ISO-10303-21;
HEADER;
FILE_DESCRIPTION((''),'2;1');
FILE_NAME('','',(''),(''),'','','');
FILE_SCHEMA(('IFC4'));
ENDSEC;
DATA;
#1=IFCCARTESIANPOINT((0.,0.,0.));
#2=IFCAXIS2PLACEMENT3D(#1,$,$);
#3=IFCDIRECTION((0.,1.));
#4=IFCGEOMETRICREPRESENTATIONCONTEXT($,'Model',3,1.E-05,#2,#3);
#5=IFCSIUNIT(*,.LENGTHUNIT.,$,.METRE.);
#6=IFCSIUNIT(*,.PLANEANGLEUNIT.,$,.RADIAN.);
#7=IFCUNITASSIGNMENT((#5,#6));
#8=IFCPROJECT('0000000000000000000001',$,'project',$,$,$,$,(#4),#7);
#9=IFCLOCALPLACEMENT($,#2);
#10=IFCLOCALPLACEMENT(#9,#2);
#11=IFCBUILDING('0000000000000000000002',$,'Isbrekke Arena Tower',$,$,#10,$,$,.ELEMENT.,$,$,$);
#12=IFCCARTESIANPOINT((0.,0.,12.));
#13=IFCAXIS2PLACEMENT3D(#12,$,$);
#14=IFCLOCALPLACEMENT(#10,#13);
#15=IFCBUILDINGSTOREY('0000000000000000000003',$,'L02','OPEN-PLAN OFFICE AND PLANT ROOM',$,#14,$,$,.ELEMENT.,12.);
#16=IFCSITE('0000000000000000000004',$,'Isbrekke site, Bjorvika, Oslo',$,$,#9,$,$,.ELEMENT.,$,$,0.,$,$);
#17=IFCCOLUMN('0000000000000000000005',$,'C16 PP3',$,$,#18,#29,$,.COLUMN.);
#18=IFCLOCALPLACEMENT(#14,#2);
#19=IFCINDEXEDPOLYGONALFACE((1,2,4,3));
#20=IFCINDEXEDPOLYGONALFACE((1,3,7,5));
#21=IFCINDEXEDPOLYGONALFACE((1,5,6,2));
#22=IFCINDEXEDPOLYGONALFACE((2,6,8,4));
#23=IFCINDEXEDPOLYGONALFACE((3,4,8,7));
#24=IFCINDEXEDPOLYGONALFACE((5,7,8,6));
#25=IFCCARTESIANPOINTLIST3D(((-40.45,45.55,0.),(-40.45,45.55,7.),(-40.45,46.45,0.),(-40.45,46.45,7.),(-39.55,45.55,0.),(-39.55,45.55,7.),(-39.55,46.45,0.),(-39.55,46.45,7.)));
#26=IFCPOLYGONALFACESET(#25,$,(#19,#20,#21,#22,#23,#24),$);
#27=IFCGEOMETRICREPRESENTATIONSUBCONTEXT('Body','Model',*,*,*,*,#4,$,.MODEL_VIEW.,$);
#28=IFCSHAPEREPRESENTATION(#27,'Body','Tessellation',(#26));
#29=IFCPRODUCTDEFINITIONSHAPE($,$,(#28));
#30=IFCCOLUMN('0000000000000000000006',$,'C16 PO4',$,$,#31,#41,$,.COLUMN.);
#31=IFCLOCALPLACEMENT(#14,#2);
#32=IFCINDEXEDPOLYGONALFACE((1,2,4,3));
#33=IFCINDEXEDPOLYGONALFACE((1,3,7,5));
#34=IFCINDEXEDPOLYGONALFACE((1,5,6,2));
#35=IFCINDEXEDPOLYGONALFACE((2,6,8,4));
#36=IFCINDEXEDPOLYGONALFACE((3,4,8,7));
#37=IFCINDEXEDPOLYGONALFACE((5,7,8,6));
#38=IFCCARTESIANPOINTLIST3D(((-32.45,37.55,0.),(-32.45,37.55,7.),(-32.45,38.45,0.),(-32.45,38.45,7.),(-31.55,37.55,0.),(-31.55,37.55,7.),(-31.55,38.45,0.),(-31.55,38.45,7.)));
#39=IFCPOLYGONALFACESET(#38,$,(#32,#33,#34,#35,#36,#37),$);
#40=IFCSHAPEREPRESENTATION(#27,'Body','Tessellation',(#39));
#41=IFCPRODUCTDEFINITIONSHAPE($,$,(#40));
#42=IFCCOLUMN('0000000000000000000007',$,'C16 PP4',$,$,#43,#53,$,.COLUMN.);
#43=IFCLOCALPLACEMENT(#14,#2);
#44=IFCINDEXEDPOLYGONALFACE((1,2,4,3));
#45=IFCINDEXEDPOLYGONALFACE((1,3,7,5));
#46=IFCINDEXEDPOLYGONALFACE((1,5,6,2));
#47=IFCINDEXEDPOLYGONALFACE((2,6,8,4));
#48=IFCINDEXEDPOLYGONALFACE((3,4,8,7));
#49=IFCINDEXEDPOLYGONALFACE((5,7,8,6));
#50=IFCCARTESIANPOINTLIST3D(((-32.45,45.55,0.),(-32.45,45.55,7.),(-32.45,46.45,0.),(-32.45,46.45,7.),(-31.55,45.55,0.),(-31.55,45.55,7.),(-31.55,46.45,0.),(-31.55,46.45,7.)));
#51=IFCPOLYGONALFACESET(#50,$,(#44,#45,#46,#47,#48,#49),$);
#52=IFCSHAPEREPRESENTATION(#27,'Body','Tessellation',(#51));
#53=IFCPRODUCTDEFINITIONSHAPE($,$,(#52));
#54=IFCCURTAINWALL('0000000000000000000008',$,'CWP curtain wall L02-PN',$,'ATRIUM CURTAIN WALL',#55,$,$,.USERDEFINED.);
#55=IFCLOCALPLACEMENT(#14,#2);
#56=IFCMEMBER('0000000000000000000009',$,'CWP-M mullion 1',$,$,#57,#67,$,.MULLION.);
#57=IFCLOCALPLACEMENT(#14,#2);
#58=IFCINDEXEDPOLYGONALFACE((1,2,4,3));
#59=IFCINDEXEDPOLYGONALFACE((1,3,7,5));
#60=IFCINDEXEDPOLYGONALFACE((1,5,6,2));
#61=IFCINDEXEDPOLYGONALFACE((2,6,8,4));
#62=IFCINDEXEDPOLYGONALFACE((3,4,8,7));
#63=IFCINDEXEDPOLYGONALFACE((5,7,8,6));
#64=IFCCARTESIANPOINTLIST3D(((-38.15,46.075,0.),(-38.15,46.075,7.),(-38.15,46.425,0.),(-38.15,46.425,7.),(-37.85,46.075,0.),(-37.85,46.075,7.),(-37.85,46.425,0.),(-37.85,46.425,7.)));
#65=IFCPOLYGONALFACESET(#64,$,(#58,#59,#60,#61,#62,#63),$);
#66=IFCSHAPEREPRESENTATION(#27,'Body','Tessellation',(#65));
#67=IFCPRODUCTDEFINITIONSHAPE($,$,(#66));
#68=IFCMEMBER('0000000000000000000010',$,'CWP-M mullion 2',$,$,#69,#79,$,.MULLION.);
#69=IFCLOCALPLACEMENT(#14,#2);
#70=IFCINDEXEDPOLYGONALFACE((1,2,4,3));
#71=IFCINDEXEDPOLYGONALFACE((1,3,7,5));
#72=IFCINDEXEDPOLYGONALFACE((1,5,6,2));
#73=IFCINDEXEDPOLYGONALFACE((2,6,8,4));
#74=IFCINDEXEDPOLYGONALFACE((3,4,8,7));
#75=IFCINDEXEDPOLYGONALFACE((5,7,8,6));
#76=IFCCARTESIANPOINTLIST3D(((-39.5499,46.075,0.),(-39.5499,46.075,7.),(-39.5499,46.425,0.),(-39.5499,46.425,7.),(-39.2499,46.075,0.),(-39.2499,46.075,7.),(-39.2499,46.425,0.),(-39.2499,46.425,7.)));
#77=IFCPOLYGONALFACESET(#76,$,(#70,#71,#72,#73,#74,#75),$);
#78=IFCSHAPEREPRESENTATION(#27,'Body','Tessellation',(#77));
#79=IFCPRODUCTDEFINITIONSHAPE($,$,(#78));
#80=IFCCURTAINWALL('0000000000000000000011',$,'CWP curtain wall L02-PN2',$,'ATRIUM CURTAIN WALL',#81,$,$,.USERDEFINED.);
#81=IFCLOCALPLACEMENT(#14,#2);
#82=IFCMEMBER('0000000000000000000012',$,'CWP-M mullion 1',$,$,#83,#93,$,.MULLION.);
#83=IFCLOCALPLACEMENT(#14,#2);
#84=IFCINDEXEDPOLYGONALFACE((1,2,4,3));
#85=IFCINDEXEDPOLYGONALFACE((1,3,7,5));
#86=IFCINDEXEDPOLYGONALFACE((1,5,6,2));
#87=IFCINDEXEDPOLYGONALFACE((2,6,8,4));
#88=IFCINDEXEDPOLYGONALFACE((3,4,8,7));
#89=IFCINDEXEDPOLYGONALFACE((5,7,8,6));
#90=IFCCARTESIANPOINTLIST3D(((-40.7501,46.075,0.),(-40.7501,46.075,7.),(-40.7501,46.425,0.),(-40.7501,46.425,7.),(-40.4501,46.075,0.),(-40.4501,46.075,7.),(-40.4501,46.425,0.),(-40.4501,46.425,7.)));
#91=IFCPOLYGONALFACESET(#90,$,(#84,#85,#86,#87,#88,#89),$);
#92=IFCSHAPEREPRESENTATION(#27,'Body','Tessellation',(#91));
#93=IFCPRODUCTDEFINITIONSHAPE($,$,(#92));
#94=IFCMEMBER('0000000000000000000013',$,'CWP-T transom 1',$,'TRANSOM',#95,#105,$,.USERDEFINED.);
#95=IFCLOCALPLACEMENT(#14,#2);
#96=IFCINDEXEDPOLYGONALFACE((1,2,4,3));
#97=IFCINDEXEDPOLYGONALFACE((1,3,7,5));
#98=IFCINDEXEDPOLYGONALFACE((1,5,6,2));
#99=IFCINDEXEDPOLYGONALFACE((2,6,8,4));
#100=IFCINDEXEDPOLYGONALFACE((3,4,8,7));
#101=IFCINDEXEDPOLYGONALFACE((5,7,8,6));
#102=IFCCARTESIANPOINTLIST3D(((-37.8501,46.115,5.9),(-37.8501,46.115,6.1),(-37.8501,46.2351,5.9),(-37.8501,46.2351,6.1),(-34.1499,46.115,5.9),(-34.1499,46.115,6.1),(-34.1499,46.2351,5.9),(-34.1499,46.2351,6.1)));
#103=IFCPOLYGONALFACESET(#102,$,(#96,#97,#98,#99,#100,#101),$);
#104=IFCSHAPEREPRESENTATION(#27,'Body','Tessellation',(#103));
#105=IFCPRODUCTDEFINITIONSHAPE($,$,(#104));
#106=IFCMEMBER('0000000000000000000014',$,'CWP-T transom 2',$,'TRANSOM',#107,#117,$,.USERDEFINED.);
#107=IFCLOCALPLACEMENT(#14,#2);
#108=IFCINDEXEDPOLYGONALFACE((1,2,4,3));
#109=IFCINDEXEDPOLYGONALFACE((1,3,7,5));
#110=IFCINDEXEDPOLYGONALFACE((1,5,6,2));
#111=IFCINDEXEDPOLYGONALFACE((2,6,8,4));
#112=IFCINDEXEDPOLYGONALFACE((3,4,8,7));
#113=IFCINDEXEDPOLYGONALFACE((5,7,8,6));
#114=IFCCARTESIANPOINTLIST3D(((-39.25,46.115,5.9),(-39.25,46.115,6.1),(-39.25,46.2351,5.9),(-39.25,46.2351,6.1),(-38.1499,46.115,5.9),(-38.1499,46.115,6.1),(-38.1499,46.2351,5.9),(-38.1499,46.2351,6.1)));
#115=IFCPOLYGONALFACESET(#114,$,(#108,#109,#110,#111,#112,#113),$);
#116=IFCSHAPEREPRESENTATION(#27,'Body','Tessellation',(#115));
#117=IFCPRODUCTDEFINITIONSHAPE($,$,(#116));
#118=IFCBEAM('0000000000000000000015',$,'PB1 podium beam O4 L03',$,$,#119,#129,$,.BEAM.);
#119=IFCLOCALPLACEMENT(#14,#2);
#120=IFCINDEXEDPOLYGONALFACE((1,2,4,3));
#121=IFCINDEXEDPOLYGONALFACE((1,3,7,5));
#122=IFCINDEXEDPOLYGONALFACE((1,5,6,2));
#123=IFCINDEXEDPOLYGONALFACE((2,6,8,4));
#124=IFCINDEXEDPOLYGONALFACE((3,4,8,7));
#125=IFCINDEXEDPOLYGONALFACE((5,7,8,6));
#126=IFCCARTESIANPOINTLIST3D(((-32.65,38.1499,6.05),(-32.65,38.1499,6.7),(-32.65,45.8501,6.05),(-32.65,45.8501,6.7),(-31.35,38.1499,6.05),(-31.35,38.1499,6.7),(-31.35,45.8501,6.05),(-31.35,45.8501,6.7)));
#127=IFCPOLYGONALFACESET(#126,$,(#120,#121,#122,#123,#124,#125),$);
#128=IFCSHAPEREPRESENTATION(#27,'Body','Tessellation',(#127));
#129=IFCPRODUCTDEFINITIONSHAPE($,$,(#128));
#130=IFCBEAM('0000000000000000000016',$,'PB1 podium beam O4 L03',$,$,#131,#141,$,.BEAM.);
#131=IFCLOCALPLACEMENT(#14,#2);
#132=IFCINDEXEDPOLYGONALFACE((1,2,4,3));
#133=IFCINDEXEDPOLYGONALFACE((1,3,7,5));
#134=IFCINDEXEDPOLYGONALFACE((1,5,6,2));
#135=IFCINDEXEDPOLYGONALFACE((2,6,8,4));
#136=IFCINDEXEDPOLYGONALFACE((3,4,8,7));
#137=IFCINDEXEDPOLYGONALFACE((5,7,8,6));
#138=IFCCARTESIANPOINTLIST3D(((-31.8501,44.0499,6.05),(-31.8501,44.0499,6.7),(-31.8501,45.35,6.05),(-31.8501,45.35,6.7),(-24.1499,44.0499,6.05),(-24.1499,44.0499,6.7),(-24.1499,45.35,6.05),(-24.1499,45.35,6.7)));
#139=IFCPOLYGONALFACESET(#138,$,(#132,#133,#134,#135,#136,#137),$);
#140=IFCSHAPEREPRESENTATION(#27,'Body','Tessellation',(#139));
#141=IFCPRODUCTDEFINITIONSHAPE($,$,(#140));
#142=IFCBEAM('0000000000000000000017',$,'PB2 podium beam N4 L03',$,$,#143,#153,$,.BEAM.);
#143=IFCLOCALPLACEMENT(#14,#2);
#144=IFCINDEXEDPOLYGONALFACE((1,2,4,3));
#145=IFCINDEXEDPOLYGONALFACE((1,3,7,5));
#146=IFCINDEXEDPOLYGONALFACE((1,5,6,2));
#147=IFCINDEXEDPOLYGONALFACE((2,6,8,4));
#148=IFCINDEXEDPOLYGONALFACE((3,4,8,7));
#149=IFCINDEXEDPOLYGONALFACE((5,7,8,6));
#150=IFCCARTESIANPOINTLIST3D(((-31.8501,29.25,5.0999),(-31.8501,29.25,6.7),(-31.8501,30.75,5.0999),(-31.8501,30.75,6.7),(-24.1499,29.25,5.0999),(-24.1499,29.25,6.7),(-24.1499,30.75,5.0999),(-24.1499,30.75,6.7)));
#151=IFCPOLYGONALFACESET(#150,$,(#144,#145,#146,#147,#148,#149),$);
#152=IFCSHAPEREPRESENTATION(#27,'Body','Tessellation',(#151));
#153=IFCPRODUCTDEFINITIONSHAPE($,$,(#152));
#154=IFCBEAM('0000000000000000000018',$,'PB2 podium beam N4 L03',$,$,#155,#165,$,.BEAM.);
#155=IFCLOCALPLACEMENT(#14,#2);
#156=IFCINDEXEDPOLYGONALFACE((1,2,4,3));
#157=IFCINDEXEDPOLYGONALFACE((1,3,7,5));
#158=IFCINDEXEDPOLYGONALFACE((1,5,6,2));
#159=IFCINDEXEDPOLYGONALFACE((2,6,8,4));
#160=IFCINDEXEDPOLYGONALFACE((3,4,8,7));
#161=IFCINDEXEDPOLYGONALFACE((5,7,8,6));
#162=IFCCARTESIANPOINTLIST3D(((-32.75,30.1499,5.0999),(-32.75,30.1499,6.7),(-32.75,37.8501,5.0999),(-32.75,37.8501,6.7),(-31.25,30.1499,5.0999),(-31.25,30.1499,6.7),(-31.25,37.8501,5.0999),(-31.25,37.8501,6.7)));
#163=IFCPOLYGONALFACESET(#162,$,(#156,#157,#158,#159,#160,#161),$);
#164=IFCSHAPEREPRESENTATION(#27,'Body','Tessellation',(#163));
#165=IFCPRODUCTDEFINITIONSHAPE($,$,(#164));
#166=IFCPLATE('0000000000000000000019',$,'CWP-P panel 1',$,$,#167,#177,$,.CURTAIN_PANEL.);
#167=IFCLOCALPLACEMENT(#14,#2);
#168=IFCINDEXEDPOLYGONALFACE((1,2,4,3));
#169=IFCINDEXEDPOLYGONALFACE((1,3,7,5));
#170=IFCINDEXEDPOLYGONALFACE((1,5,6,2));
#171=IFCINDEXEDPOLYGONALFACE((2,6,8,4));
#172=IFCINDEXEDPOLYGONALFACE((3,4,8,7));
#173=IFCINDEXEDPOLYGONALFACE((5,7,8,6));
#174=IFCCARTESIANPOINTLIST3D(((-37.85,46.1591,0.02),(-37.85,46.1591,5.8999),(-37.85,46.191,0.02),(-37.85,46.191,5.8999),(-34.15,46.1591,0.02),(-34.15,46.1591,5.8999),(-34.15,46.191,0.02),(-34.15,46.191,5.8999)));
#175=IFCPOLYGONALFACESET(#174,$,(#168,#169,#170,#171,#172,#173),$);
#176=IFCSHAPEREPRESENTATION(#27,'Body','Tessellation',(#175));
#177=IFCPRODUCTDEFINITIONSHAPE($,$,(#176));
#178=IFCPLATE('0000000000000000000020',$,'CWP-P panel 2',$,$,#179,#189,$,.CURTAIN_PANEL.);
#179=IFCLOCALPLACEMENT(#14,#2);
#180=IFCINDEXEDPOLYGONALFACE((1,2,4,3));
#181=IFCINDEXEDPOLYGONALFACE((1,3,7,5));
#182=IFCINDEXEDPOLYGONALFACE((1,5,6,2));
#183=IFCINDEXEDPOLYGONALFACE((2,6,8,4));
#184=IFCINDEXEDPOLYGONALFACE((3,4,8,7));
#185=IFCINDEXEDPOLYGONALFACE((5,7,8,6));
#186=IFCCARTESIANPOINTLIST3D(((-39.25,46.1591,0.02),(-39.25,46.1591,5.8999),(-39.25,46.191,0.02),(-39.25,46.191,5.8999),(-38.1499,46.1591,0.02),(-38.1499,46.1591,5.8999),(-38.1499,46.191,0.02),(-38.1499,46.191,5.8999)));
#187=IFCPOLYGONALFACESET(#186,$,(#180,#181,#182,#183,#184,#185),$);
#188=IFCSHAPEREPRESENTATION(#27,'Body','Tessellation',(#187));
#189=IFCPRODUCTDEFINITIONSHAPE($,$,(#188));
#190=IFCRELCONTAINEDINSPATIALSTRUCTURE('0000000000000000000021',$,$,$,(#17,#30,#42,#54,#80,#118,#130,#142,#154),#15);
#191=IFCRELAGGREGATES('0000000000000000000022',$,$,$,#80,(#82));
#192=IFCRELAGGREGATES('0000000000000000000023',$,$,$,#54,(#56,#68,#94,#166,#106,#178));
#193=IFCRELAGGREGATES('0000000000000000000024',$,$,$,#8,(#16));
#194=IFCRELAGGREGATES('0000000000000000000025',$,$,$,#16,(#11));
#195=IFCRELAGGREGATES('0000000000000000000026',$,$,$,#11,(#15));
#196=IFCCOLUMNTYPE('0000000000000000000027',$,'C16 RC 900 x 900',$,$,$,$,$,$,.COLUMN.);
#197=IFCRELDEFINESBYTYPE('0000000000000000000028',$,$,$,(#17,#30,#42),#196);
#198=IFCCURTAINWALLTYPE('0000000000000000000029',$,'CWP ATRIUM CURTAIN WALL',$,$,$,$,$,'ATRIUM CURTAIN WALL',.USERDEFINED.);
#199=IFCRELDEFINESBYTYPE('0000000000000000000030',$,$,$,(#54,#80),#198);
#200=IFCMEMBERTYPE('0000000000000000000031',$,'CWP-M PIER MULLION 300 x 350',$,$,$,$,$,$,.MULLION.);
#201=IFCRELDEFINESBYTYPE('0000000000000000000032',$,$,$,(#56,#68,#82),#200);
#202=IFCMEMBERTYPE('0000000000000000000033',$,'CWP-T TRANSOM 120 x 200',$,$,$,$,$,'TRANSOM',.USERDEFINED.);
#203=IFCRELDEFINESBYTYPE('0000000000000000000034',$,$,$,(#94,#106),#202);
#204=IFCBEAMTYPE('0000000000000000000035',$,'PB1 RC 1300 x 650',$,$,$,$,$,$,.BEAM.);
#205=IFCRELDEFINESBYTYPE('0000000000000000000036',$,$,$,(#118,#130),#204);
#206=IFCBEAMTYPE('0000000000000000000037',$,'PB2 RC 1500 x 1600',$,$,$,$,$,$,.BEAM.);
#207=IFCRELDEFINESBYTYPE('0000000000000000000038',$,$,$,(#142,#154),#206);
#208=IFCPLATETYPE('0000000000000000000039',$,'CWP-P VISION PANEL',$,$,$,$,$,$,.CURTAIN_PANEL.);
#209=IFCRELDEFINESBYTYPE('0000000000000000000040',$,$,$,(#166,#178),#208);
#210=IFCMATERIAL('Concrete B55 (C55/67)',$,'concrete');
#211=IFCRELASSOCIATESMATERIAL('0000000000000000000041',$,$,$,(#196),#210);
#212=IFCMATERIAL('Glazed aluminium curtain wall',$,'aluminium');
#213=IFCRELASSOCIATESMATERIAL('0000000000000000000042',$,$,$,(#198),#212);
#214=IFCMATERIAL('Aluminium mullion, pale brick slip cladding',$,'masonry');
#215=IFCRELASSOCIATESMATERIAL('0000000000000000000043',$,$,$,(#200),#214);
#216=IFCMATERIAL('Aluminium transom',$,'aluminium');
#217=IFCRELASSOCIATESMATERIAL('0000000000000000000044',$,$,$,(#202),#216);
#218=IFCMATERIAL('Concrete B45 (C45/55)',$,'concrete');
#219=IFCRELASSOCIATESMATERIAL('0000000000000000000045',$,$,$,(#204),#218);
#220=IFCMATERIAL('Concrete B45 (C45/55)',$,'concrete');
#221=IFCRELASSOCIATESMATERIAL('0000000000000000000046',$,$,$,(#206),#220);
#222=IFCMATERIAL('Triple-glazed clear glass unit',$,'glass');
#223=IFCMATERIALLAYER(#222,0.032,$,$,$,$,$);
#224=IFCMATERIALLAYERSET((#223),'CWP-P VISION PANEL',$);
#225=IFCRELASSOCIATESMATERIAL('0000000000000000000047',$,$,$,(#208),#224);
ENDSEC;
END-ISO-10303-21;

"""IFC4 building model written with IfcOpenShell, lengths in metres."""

from ifc_helpers import new_model, si_unit, direction, frame, origin, origin_2d, place, context, subcontext, project, spatial, rectangle, extrude, material, layer, layer_set, material_profile, profile_set, type_object, element, aggregate, save


model = new_model("IFC4")

# Units and contexts
model_context = context("Model", 3, precision=1e-05, world=origin(), true_north=direction((0.0, 1.0)))
body_context = subcontext(model_context, "Body", "Model", "MODEL_VIEW")
ifc_project = project(units=[si_unit("LENGTHUNIT", "METRE"), si_unit("PLANEANGLEUNIT", "RADIAN")], contexts=[model_context])

# Site, building, storey
site_placement = place(None, origin())
site = spatial("IfcSite", under=ifc_project, at=site_placement, Name="Isbrekke site, Bjorvika, Oslo", CompositionType="ELEMENT", RefElevation=0.0)
building_placement = place(site_placement, origin())
building = spatial("IfcBuilding", under=site, at=building_placement, Name="Isbrekke Arena Tower", CompositionType="ELEMENT")
storey_placement = place(building_placement, frame((0.0, 0.0, 12.0)))
storey = spatial("IfcBuildingStorey", under=building, at=storey_placement, Name="L02", Description="OPEN-PLAN OFFICE AND PLANT ROOM", CompositionType="ELEMENT", Elevation=12.0)

# Columns
ifc_material_1 = material(Name="Concrete B55 (C55/67)", Category="concrete")
ifc_material_profile_1 = material_profile(ifc_material_1, rectangle(XDim=0.8999, YDim=0.8999, at=origin_2d()), Name="RC 900x900")
ifc_profile_set_1 = profile_set([ifc_material_profile_1], Name="Concrete B55 (C55/67)")
column_type = type_object("IfcColumnType", Name="C16 RC 900 x 900", PredefinedType="COLUMN", material=ifc_profile_set_1)
for number, where, z_axis, x_axis, name in (
    (1, (-40.0, 46.0, 0.0), (0.0, 0.0, 1.0), (1.0, 0.0, 0.0), "C16 PP3"),
    (2, (-32.0, 38.0, 0.0), (0.0, 0.0, 1.0), (1.0, 0.0, 0.0), "C16 PO4"),
    (3, (-32.0, 46.0, 0.0), (0.0, 0.0, 1.0), (1.0, 0.0, 0.0), "C16 PP4"),
):
    element("IfcColumn", number, at=place(storey_placement, frame(where, z_axis=z_axis, x_axis=x_axis)), inside=storey, type_object=column_type, Name=name, PredefinedType="COLUMN", context=body_context, shape_type="SweptSolid", body=[
        extrude(rectangle(XDim=0.8999, YDim=0.8999, at=origin_2d()), origin(), (0.0, 0.0, 1.0), 7.0),
    ])

# Curtain wall, members
ifc_material_2 = material(Name="Glazed aluminium curtain wall", Category="aluminium")
curtain_wall_type = type_object("IfcCurtainWallType", Name="CWP ATRIUM CURTAIN WALL", ElementType="ATRIUM CURTAIN WALL", PredefinedType="USERDEFINED", material=ifc_material_2)
curtain_wall_1_placement = place(storey_placement, origin())
curtain_wall_1 = element("IfcCurtainWall", 4, at=curtain_wall_1_placement, inside=storey, type_object=curtain_wall_type, Name="CWP curtain wall L02-PN", ObjectType="ATRIUM CURTAIN WALL", PredefinedType="USERDEFINED")
ifc_material_3 = material(Name="Aluminium mullion, pale brick slip cladding", Category="masonry")
ifc_material_profile_2 = material_profile(ifc_material_3, rectangle(XDim=0.3, YDim=0.3501, at=origin_2d()), Name="PIER 300X350")
ifc_profile_set_2 = profile_set([ifc_material_profile_2], Name="Aluminium mullion, pale brick slip cladding")
member_type_1 = type_object("IfcMemberType", Name="CWP-M PIER MULLION 300 x 350", PredefinedType="MULLION", material=ifc_profile_set_2)
member_1_placement = place(storey_placement, frame((-38.0, 46.25, 0.0), z_axis=(0.0, 0.0, 1.0), x_axis=(-1.0, 0.0, 0.0)))
member_1 = element("IfcMember", 5, at=member_1_placement, type_object=member_type_1, Name="CWP-M mullion 1", PredefinedType="MULLION", context=body_context, shape_type="SweptSolid", body=[
    extrude(rectangle(XDim=0.3, YDim=0.3501, at=origin_2d()), origin(), (0.0, 0.0, 1.0), 7.0),
])
member_2_placement = place(storey_placement, frame((-39.3999, 46.25, 0.0), z_axis=(0.0, 0.0, 1.0), x_axis=(-1.0, 0.0, 0.0)))
member_2 = element("IfcMember", 6, at=member_2_placement, type_object=member_type_1, Name="CWP-M mullion 2", PredefinedType="MULLION", context=body_context, shape_type="SweptSolid", body=[
    extrude(rectangle(XDim=0.3, YDim=0.3501, at=origin_2d()), origin(), (0.0, 0.0, 1.0), 7.0),
])

# Curtain wall, member
curtain_wall_2_placement = place(storey_placement, origin())
curtain_wall_2 = element("IfcCurtainWall", 7, at=curtain_wall_2_placement, inside=storey, type_object=curtain_wall_type, Name="CWP curtain wall L02-PN2", ObjectType="ATRIUM CURTAIN WALL", PredefinedType="USERDEFINED")
member_3_placement = place(storey_placement, frame((-40.6001, 46.25, 0.0), z_axis=(0.0, 0.0, 1.0), x_axis=(-1.0, 0.0, 0.0)))
member_3 = element("IfcMember", 8, at=member_3_placement, type_object=member_type_1, Name="CWP-M mullion 1", PredefinedType="MULLION", context=body_context, shape_type="SweptSolid", body=[
    extrude(rectangle(XDim=0.3, YDim=0.3501, at=origin_2d()), origin(), (0.0, 0.0, 1.0), 7.0),
])
aggregate(curtain_wall_2, [member_3])

# Members
ifc_material_4 = material(Name="Aluminium transom", Category="aluminium")
ifc_material_profile_3 = material_profile(ifc_material_4, rectangle(XDim=0.1201, YDim=0.2, at=origin_2d()), Name="TRANSOM 120X200")
ifc_profile_set_3 = profile_set([ifc_material_profile_3], Name="Aluminium transom")
member_type_2 = type_object("IfcMemberType", Name="CWP-T TRANSOM 120 x 200", ElementType="TRANSOM", PredefinedType="USERDEFINED", material=ifc_profile_set_3)
member_4_placement = place(storey_placement, frame((-34.1499, 46.175, 6.0), z_axis=(-1.0, 0.0, 0.0), x_axis=(0.0, -1.0, 0.0)))
member_4 = element("IfcMember", 9, at=member_4_placement, type_object=member_type_2, Name="CWP-T transom 1", ObjectType="TRANSOM", PredefinedType="USERDEFINED", context=body_context, shape_type="SweptSolid", body=[
    extrude(rectangle(XDim=0.1201, YDim=0.2, at=origin_2d()), origin(), (0.0, 0.0, 1.0), 3.7002),
])
member_5_placement = place(storey_placement, frame((-38.1499, 46.175, 6.0), z_axis=(-1.0, 0.0, 0.0), x_axis=(0.0, -1.0, 0.0)))
member_5 = element("IfcMember", 10, at=member_5_placement, type_object=member_type_2, Name="CWP-T transom 2", ObjectType="TRANSOM", PredefinedType="USERDEFINED", context=body_context, shape_type="SweptSolid", body=[
    extrude(rectangle(XDim=0.1201, YDim=0.2, at=origin_2d()), origin(), (0.0, 0.0, 1.0), 1.1001),
])

# Beams
ifc_material_5 = material(Name="Concrete B45 (C45/55)", Category="concrete")
ifc_material_profile_4 = material_profile(ifc_material_5, rectangle(XDim=1.3, YDim=0.6499, at=origin_2d()), Name="RC 1300x650")
ifc_profile_set_4 = profile_set([ifc_material_profile_4], Name="Concrete B45 (C45/55)")
beam_type_1 = type_object("IfcBeamType", Name="PB1 RC 1300 x 650", PredefinedType="BEAM", material=ifc_profile_set_4)
for number, where, z_axis, x_axis, name in (
    (11, (-32.0, 38.1499, 6.375), (0.0, 1.0, 0.0), (-1.0, 0.0, 0.0), "PB1 podium beam O4 L03"),
    (12, (-31.8501, 44.7, 6.375), (1.0, 0.0, 0.0), (0.0, 1.0, 0.0), "PB1 podium beam O4 L03"),
):
    element("IfcBeam", number, at=place(storey_placement, frame(where, z_axis=z_axis, x_axis=x_axis)), inside=storey, type_object=beam_type_1, Name=name, PredefinedType="BEAM", context=body_context, shape_type="SweptSolid", body=[
        extrude(rectangle(XDim=1.3, YDim=0.6499, at=origin_2d()), origin(), (0.0, 0.0, 1.0), 7.7002),
    ])
ifc_material_6 = material(Name="Concrete B45 (C45/55)", Category="concrete")
ifc_material_profile_5 = material_profile(ifc_material_6, rectangle(XDim=1.5, YDim=1.6001, at=origin_2d()), Name="RC 1500x1600")
ifc_profile_set_5 = profile_set([ifc_material_profile_5], Name="Concrete B45 (C45/55)")
beam_type_2 = type_object("IfcBeamType", Name="PB2 RC 1500 x 1600", PredefinedType="BEAM", material=ifc_profile_set_5)
for number, where, z_axis, x_axis, name in (
    (13, (-31.8501, 30.0, 5.8999), (1.0, 0.0, 0.0), (0.0, 1.0, 0.0), "PB2 podium beam N4 L03"),
    (14, (-32.0, 30.1499, 5.8999), (0.0, 1.0, 0.0), (-1.0, 0.0, 0.0), "PB2 podium beam N4 L03"),
):
    element("IfcBeam", number, at=place(storey_placement, frame(where, z_axis=z_axis, x_axis=x_axis)), inside=storey, type_object=beam_type_2, Name=name, PredefinedType="BEAM", context=body_context, shape_type="SweptSolid", body=[
        extrude(rectangle(XDim=1.5, YDim=1.6001, at=origin_2d()), origin(), (0.0, 0.0, 1.0), 7.7002),
    ])

# Plates
ifc_material_7 = material(Name="Triple-glazed clear glass unit", Category="glass")
ifc_layer_1 = layer(ifc_material_7, 0.032)
ifc_layer_set_1 = layer_set([ifc_layer_1], Name="CWP-P VISION PANEL")
plate_type = type_object("IfcPlateType", Name="CWP-P VISION PANEL", PredefinedType="CURTAIN_PANEL", material=ifc_layer_set_1)
plate_1_placement = place(storey_placement, frame((-36.0, 46.175, 0.02), z_axis=(0.0, 0.0, 1.0), x_axis=(-1.0, 0.0, 0.0)))
plate_1 = element("IfcPlate", 15, at=plate_1_placement, type_object=plate_type, Name="CWP-P panel 1", PredefinedType="CURTAIN_PANEL", context=body_context, shape_type="SweptSolid", body=[
    extrude(rectangle(XDim=3.7, YDim=0.032, at=origin_2d()), origin(), (0.0, 0.0, 1.0), 5.8799),
])
plate_2_placement = place(storey_placement, frame((-38.7, 46.175, 0.02), z_axis=(0.0, 0.0, 1.0), x_axis=(-1.0, 0.0, 0.0)))
plate_2 = element("IfcPlate", 16, at=plate_2_placement, type_object=plate_type, Name="CWP-P panel 2", PredefinedType="CURTAIN_PANEL", context=body_context, shape_type="SweptSolid", body=[
    extrude(rectangle(XDim=1.1001, YDim=0.032, at=origin_2d()), origin(), (0.0, 0.0, 1.0), 5.8799),
])
aggregate(curtain_wall_1, [member_1, member_2, member_4, plate_1, member_5, plate_2])

save(model, "model.ifc")
